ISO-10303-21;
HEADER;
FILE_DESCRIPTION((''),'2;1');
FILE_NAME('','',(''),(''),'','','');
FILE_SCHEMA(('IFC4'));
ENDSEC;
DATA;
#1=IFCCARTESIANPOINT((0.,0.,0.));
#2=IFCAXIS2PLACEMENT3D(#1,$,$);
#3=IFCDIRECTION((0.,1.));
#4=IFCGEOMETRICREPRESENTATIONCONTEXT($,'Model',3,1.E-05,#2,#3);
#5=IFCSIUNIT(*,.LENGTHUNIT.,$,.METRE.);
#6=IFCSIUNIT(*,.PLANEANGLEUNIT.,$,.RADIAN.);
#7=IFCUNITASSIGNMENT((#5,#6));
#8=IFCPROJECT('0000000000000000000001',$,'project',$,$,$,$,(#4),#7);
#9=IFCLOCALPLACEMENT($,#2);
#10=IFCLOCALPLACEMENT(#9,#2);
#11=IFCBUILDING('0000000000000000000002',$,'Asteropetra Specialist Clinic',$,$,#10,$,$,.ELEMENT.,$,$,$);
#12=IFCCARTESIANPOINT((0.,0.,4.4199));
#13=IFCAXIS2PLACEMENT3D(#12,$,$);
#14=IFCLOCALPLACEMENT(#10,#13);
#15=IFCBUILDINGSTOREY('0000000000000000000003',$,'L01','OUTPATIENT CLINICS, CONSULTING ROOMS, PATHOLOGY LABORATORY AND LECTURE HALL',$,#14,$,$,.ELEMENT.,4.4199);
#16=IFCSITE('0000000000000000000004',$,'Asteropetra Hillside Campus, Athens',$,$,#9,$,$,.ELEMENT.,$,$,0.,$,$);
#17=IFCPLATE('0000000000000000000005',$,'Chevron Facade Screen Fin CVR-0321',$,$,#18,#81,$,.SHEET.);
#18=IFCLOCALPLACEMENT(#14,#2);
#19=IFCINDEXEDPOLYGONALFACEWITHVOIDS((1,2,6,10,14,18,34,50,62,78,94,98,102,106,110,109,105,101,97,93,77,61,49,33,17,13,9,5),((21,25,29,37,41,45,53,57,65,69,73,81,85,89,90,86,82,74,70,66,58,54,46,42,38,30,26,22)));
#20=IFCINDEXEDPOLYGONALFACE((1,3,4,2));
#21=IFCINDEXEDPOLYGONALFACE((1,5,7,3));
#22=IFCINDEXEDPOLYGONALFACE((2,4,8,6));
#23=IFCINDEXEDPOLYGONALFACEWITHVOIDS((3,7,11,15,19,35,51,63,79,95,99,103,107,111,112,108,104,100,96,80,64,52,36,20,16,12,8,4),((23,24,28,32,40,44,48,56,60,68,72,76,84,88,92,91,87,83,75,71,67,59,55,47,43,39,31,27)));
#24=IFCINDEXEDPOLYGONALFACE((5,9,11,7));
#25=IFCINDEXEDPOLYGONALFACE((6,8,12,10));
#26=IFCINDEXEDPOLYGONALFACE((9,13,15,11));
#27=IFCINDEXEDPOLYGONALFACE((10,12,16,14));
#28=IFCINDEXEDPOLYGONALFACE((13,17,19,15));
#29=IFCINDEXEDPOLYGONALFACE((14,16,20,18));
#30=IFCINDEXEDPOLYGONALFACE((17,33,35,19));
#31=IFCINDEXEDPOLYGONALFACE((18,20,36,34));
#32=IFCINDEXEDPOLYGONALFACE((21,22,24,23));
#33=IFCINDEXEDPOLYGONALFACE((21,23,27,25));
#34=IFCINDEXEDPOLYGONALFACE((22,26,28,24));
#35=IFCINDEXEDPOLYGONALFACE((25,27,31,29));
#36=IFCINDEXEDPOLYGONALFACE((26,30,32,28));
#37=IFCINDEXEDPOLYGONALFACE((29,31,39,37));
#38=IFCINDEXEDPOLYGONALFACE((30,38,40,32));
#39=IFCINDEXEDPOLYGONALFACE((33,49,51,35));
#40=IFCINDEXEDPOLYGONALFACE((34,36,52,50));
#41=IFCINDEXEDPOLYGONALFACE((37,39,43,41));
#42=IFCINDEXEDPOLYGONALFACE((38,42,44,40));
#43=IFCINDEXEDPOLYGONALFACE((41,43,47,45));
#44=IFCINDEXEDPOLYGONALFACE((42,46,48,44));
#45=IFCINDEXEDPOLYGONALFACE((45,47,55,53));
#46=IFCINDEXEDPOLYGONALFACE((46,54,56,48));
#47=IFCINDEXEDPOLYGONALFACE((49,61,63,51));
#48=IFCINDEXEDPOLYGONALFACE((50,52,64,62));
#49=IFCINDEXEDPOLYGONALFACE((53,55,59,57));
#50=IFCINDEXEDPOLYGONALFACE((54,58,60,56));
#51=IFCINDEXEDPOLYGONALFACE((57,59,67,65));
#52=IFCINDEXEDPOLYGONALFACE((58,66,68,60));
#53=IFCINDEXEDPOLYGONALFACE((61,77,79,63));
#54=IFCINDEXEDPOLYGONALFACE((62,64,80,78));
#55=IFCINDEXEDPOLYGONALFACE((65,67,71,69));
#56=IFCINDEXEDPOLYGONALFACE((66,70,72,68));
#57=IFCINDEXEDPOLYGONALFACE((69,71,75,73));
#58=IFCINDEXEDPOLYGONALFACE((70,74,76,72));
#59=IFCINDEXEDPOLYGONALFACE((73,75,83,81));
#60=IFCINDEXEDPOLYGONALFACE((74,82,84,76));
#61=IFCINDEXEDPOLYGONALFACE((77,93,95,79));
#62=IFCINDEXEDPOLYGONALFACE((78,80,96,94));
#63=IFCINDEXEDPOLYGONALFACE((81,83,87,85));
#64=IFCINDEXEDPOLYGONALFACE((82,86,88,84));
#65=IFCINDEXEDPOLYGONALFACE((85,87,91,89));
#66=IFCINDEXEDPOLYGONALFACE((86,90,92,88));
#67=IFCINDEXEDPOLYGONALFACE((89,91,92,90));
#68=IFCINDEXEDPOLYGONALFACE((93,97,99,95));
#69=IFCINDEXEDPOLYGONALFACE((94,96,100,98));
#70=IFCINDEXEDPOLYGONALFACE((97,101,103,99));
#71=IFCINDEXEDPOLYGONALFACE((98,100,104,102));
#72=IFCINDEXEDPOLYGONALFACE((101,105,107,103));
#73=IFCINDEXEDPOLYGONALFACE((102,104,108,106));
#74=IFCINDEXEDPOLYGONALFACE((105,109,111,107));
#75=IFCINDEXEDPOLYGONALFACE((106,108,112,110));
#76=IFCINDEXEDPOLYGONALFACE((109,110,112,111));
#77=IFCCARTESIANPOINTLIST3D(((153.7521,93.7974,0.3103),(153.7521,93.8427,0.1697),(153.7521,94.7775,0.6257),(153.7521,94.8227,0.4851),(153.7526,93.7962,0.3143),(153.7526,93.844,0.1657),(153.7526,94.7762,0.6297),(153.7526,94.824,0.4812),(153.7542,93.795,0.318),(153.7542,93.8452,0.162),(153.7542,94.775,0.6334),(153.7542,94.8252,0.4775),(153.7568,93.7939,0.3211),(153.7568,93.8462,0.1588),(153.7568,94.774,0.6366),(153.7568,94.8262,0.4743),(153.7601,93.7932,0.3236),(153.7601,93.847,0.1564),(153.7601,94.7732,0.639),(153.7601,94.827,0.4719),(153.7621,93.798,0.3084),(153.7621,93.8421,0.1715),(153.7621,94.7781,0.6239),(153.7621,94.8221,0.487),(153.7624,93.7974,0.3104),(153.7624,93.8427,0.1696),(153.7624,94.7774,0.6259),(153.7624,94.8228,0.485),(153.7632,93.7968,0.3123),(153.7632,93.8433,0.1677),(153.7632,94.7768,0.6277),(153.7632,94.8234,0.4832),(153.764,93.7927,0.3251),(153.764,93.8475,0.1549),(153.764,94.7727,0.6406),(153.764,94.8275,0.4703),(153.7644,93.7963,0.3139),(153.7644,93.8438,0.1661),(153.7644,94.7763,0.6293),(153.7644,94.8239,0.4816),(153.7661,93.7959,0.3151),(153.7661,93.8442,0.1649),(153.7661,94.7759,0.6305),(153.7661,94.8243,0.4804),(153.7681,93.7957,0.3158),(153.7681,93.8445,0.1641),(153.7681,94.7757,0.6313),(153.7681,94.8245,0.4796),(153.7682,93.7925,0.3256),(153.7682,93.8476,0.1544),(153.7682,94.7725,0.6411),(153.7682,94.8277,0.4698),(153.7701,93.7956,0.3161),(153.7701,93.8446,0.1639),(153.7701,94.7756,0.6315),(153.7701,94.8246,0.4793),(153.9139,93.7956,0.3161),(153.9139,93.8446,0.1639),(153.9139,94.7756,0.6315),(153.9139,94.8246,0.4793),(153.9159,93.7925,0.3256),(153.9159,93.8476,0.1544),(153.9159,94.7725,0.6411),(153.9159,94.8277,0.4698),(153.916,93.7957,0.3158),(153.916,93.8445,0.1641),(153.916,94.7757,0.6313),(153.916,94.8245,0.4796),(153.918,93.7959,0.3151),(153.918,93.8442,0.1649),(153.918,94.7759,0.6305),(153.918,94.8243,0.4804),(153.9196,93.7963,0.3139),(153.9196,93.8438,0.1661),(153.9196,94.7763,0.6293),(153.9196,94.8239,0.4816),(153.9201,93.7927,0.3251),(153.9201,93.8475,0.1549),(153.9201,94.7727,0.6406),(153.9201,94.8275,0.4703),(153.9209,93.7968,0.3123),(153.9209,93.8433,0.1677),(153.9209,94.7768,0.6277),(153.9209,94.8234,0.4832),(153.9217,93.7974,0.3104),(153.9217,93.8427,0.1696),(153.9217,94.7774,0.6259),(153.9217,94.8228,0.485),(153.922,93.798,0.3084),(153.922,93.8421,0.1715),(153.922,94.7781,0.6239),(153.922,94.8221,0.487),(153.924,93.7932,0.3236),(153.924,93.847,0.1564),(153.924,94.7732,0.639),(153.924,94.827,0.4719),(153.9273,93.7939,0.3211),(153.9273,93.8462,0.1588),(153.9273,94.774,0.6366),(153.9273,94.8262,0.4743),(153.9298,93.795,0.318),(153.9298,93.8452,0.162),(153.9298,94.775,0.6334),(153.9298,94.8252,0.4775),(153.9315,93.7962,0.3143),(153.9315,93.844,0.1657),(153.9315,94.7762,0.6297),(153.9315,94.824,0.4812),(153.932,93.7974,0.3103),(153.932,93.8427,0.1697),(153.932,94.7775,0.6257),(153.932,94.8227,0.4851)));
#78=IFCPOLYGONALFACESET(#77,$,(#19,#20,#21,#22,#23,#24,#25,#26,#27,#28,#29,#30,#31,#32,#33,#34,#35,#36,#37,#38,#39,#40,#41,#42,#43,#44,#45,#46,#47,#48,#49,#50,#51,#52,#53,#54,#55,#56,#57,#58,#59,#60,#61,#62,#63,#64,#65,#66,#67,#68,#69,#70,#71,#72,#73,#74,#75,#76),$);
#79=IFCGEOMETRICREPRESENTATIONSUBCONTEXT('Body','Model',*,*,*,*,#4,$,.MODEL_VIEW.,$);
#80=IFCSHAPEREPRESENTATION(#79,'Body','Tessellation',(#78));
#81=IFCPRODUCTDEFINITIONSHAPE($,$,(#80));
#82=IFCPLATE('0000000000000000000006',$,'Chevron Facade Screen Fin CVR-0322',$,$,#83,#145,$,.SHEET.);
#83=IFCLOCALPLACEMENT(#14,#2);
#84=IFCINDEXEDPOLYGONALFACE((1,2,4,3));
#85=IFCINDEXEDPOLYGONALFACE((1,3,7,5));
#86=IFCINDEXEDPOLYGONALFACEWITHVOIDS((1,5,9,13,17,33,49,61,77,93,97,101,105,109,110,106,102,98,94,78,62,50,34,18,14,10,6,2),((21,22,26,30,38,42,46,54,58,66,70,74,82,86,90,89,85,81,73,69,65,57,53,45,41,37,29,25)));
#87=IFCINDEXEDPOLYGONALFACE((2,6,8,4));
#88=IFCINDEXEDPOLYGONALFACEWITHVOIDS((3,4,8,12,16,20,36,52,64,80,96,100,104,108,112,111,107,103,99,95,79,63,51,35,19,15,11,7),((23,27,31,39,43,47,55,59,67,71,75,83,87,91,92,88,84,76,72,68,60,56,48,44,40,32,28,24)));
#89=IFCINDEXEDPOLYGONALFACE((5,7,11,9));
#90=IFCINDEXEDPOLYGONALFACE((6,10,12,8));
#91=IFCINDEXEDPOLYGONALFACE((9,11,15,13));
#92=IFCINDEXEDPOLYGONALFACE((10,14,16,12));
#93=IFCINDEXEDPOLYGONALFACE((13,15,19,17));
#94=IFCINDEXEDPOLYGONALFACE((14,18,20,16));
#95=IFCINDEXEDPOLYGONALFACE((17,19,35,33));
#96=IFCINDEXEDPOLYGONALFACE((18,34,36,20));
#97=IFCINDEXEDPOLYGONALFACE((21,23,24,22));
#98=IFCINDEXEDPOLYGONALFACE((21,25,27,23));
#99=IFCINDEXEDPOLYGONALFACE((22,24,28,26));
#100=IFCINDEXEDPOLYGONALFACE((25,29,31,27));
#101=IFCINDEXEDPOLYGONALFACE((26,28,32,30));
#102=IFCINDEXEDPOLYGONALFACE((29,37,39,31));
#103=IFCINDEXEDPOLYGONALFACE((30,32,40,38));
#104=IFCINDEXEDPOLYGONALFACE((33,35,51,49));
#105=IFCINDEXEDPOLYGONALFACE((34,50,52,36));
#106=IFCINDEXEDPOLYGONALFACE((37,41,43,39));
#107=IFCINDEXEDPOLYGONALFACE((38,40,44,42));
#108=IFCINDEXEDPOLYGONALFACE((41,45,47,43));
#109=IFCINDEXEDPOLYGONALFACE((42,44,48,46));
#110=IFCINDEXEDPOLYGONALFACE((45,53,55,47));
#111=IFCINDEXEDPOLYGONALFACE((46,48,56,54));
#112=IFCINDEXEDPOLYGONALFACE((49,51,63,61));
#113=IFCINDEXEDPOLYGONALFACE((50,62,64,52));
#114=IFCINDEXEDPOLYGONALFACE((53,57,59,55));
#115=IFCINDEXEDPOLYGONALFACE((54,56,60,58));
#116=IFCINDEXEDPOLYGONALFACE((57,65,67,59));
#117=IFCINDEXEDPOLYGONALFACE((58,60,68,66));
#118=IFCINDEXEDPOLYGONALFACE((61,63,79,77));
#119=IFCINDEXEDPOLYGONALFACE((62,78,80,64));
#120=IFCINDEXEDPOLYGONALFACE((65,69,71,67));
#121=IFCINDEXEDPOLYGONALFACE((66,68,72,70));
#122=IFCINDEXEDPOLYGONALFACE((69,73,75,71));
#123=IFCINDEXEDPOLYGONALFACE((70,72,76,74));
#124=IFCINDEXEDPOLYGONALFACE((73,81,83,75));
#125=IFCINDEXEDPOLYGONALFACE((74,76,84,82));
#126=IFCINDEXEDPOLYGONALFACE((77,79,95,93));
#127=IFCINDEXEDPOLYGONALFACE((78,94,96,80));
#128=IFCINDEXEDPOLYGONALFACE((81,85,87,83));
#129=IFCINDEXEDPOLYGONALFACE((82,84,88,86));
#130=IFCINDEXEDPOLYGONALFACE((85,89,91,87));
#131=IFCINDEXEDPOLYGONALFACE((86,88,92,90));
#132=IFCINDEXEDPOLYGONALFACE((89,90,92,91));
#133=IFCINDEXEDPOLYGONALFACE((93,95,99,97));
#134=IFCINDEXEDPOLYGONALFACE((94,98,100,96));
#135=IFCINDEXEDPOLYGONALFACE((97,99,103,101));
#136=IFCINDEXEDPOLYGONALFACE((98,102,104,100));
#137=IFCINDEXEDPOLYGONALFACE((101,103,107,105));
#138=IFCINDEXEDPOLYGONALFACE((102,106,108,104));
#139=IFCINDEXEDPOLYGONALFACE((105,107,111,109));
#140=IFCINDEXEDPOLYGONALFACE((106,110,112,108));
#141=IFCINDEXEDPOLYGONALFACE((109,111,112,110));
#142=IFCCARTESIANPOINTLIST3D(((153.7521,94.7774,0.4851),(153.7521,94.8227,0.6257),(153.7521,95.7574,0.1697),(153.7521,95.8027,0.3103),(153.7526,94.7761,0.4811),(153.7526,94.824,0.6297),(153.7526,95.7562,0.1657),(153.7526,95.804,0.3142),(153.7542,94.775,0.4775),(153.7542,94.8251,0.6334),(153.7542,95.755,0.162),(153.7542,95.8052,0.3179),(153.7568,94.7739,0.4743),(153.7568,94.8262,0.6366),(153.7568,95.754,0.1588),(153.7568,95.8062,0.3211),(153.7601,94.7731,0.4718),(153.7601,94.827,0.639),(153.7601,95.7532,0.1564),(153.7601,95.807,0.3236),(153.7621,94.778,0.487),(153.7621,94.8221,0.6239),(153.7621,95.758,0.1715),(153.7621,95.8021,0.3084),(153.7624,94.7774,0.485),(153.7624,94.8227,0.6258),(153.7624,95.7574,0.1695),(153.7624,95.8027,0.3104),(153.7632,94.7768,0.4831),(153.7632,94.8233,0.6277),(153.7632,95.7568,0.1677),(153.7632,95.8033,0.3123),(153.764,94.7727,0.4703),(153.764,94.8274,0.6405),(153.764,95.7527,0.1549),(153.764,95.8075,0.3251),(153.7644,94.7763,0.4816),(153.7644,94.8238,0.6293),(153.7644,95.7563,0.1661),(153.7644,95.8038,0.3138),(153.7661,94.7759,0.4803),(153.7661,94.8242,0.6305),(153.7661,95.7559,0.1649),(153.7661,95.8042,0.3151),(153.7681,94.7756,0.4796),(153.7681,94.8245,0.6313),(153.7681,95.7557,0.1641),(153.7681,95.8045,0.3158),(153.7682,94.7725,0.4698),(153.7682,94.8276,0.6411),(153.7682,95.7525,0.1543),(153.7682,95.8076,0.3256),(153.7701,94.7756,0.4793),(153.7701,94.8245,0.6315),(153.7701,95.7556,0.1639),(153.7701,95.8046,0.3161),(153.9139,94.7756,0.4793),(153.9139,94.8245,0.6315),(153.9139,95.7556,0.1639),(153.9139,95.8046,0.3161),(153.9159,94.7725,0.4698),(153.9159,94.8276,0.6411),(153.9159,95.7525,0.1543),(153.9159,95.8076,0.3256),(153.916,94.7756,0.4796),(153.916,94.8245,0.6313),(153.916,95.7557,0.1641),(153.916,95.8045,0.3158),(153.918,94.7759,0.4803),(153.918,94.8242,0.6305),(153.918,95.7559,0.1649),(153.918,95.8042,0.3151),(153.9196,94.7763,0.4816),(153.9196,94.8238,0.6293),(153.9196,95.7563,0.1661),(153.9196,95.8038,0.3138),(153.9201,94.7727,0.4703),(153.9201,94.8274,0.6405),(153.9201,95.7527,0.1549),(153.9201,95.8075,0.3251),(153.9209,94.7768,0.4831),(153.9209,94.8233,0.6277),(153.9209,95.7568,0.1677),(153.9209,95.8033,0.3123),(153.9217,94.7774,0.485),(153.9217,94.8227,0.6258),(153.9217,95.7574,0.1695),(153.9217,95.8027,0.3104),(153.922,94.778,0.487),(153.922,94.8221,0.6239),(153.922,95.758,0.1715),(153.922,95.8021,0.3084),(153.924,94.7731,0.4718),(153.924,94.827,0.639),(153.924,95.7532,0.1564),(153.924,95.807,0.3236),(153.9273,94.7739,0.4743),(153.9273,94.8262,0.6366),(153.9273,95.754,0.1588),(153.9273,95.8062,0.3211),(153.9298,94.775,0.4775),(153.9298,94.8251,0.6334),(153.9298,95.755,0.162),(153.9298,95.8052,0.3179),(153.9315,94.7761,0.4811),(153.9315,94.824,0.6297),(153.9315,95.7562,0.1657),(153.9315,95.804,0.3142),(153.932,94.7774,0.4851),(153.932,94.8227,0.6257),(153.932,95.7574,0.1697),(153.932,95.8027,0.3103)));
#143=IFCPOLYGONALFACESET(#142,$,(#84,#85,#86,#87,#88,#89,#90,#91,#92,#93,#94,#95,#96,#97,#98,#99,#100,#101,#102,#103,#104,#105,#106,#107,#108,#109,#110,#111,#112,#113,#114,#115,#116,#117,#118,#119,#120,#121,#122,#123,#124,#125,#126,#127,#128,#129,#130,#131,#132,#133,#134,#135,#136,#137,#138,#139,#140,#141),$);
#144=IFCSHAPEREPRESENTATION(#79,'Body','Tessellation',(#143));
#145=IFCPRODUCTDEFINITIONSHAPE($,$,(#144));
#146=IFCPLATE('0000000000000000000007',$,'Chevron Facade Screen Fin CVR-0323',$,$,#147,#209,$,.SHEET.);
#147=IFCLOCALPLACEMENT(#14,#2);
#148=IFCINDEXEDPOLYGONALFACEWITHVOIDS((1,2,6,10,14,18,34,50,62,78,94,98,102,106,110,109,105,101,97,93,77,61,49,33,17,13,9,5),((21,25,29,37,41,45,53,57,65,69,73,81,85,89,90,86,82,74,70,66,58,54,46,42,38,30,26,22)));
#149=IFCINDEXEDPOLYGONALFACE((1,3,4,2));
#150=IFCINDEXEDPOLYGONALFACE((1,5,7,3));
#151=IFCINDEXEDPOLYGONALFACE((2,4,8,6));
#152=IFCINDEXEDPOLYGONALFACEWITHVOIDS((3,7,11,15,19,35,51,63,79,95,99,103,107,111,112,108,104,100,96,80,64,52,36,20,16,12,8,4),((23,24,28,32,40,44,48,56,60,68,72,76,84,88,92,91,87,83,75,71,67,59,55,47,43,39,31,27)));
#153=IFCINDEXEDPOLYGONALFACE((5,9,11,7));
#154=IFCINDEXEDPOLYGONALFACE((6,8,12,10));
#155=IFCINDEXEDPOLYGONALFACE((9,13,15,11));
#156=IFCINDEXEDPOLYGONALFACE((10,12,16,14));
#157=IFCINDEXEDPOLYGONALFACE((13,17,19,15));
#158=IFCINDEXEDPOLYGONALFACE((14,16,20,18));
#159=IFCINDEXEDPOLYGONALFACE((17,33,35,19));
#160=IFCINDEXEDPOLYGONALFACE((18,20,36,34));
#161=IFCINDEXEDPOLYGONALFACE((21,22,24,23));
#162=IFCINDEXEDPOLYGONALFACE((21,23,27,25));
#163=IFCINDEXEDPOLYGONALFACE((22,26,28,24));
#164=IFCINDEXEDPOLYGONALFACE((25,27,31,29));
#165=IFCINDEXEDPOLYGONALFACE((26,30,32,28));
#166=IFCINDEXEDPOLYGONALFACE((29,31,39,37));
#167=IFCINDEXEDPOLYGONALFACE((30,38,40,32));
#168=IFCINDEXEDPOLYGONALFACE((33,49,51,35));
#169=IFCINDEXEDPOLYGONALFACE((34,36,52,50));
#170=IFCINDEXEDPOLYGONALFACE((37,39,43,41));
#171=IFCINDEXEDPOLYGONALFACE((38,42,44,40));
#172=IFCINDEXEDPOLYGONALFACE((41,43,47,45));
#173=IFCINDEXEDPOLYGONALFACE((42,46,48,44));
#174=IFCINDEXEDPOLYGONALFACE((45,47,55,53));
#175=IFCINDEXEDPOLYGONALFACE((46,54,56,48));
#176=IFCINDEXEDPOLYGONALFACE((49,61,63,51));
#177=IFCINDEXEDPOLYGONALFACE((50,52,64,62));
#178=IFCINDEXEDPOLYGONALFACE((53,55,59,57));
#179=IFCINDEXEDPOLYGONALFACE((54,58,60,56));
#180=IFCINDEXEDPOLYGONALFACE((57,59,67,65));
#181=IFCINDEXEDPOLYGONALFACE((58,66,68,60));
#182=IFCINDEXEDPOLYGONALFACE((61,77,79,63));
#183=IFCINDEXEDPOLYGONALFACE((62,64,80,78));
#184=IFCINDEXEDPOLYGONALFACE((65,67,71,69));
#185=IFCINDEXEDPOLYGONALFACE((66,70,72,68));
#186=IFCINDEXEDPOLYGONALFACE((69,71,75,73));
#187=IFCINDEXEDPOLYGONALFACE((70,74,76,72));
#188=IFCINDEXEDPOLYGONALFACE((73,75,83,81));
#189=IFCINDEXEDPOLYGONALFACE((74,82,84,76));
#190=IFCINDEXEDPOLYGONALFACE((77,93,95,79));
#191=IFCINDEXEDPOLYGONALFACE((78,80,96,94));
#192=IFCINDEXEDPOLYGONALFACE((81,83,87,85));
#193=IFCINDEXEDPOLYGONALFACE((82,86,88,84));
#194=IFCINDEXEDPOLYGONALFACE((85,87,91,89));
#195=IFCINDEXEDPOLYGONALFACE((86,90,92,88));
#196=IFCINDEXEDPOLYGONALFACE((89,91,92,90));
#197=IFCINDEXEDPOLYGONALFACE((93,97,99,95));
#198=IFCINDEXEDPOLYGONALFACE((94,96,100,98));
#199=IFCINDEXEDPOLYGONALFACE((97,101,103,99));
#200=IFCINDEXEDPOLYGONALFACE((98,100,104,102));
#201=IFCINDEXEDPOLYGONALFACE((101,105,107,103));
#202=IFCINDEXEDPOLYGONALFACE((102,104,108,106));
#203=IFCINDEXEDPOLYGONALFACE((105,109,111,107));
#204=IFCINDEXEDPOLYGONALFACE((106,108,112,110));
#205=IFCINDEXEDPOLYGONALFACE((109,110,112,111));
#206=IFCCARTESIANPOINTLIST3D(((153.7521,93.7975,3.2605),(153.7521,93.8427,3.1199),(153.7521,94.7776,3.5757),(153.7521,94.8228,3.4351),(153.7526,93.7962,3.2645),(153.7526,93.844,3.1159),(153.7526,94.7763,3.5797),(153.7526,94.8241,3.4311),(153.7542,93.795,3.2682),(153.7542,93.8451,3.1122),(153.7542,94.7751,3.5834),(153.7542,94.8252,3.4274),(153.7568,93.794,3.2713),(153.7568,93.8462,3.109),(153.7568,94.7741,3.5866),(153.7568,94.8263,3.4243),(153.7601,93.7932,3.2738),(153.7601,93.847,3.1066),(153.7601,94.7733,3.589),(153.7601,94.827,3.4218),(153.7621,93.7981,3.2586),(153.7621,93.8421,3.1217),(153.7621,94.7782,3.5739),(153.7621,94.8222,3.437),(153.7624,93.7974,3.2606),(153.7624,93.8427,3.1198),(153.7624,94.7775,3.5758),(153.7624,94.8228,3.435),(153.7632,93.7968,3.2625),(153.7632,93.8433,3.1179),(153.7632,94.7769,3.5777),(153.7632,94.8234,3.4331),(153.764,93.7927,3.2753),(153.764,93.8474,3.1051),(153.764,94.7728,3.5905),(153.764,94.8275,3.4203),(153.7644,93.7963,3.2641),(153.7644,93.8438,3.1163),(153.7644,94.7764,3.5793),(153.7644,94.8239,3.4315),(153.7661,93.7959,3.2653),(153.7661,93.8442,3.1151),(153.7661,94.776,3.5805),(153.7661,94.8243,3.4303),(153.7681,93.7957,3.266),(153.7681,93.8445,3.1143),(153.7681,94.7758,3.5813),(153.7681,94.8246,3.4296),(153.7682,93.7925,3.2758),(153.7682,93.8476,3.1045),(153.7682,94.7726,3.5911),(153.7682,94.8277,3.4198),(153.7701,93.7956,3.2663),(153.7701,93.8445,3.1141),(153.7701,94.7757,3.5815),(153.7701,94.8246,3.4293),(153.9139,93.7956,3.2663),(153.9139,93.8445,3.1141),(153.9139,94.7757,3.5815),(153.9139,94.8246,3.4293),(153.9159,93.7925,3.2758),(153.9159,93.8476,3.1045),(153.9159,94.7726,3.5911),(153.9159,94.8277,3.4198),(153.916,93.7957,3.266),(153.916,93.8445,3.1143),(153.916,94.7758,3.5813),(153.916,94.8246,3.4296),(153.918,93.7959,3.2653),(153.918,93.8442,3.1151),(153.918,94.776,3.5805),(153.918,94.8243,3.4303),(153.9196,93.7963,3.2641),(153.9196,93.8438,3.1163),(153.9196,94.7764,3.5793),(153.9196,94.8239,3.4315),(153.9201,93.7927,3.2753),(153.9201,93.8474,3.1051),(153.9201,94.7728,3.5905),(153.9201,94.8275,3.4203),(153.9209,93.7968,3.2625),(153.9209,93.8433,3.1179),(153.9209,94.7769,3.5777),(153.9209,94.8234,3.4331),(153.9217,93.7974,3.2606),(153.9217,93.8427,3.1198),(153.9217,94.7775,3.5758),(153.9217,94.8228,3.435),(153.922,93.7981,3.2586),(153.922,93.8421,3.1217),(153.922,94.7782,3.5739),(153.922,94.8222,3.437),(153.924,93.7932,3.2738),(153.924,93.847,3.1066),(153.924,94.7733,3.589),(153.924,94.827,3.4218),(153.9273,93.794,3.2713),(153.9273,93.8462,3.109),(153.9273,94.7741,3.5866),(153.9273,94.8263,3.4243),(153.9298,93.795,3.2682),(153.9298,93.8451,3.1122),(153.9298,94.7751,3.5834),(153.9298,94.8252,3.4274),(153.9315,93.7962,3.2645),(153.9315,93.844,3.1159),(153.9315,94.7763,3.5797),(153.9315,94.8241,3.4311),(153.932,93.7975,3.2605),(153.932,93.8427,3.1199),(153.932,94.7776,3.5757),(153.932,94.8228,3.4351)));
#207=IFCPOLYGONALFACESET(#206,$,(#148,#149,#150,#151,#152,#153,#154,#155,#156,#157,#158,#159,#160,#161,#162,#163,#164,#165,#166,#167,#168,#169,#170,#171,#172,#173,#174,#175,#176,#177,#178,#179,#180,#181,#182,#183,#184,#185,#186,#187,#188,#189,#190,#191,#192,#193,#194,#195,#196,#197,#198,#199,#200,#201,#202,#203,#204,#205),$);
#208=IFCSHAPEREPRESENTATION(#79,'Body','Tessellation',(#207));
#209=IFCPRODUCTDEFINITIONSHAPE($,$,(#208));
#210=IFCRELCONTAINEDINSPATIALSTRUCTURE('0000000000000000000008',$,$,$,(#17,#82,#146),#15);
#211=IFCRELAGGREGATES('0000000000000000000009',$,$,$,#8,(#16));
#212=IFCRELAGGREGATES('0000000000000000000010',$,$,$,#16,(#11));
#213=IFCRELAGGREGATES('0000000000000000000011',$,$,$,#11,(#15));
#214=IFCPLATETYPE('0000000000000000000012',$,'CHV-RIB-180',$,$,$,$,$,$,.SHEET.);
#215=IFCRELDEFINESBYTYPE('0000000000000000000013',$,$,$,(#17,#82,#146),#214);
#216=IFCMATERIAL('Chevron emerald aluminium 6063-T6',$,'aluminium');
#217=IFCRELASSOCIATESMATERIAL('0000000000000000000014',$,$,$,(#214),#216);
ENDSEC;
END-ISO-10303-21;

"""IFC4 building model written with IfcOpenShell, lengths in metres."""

from ifc_helpers import new_model, si_unit, direction, frame, origin, origin_2d, place, context, subcontext, project, spatial, hollow_rectangle, extrude, material, material_profile, profile_set, type_object, element, save


model = new_model("IFC4")

# Units and contexts
model_context = context("Model", 3, precision=1e-05, world=origin(), true_north=direction((0.0, 1.0)))
body_context = subcontext(model_context, "Body", "Model", "MODEL_VIEW")
ifc_project = project(units=[si_unit("LENGTHUNIT", "METRE"), si_unit("PLANEANGLEUNIT", "RADIAN")], contexts=[model_context])

# Site, building, storey
site_placement = place(None, origin())
site = spatial("IfcSite", under=ifc_project, at=site_placement, Name="Asteropetra Hillside Campus, Athens", CompositionType="ELEMENT", RefElevation=0.0)
building_placement = place(site_placement, origin())
building = spatial("IfcBuilding", under=site, at=building_placement, Name="Asteropetra Specialist Clinic", CompositionType="ELEMENT")
storey_placement = place(building_placement, frame((0.0, 0.0, 4.4199)))
storey = spatial("IfcBuildingStorey", under=building, at=storey_placement, Name="L01", Description="OUTPATIENT CLINICS, CONSULTING ROOMS, PATHOLOGY LABORATORY AND LECTURE HALL", CompositionType="ELEMENT", Elevation=4.4199)

# Plates
ifc_material_1 = material(Name="Chevron emerald aluminium 6063-T6", Category="aluminium")
ifc_material_profile = material_profile(ifc_material_1, hollow_rectangle(XDim=0.1799, YDim=0.1799, WallThickness=0.01, InnerFilletRadius=0.0081, OuterFilletRadius=0.0161, at=origin_2d()), Name="SHS 180x180x10.0")
ifc_profile_set = profile_set([ifc_material_profile], Name="Chevron emerald aluminium 6063-T6")
plate_type = type_object("IfcPlateType", Name="CHV-RIB-180", PredefinedType="SHEET", material=ifc_profile_set)
for number, where, z_axis, x_axis, name in (
    (1, (153.842, 93.8201, 0.24), (0.0, 0.951905, 0.306393), (-1.0, 0.0, 0.0), "Chevron Facade Screen Fin CVR-0321"),
    (2, (153.842, 94.8, 0.5554), (0.0, 0.951905, -0.306393), (-1.0, 0.0, 0.0), "Chevron Facade Screen Fin CVR-0322"),
    (3, (153.842, 93.8201, 3.1902), (0.0, 0.951974, 0.306178), (-1.0, 0.0, 0.0), "Chevron Facade Screen Fin CVR-0323"),
):
    element("IfcPlate", number, at=place(storey_placement, frame(where, z_axis=z_axis, x_axis=x_axis)), inside=storey, type_object=plate_type, Name=name, PredefinedType="SHEET", context=body_context, shape_type="SweptSolid", body=[
        extrude(hollow_rectangle(XDim=0.1799, YDim=0.1799, WallThickness=0.01, InnerFilletRadius=0.0081, OuterFilletRadius=0.0161, at=origin_2d()), origin(), (0.0, 0.0, 1.0), 1.0295),
    ])

save(model, "model.ifc")
